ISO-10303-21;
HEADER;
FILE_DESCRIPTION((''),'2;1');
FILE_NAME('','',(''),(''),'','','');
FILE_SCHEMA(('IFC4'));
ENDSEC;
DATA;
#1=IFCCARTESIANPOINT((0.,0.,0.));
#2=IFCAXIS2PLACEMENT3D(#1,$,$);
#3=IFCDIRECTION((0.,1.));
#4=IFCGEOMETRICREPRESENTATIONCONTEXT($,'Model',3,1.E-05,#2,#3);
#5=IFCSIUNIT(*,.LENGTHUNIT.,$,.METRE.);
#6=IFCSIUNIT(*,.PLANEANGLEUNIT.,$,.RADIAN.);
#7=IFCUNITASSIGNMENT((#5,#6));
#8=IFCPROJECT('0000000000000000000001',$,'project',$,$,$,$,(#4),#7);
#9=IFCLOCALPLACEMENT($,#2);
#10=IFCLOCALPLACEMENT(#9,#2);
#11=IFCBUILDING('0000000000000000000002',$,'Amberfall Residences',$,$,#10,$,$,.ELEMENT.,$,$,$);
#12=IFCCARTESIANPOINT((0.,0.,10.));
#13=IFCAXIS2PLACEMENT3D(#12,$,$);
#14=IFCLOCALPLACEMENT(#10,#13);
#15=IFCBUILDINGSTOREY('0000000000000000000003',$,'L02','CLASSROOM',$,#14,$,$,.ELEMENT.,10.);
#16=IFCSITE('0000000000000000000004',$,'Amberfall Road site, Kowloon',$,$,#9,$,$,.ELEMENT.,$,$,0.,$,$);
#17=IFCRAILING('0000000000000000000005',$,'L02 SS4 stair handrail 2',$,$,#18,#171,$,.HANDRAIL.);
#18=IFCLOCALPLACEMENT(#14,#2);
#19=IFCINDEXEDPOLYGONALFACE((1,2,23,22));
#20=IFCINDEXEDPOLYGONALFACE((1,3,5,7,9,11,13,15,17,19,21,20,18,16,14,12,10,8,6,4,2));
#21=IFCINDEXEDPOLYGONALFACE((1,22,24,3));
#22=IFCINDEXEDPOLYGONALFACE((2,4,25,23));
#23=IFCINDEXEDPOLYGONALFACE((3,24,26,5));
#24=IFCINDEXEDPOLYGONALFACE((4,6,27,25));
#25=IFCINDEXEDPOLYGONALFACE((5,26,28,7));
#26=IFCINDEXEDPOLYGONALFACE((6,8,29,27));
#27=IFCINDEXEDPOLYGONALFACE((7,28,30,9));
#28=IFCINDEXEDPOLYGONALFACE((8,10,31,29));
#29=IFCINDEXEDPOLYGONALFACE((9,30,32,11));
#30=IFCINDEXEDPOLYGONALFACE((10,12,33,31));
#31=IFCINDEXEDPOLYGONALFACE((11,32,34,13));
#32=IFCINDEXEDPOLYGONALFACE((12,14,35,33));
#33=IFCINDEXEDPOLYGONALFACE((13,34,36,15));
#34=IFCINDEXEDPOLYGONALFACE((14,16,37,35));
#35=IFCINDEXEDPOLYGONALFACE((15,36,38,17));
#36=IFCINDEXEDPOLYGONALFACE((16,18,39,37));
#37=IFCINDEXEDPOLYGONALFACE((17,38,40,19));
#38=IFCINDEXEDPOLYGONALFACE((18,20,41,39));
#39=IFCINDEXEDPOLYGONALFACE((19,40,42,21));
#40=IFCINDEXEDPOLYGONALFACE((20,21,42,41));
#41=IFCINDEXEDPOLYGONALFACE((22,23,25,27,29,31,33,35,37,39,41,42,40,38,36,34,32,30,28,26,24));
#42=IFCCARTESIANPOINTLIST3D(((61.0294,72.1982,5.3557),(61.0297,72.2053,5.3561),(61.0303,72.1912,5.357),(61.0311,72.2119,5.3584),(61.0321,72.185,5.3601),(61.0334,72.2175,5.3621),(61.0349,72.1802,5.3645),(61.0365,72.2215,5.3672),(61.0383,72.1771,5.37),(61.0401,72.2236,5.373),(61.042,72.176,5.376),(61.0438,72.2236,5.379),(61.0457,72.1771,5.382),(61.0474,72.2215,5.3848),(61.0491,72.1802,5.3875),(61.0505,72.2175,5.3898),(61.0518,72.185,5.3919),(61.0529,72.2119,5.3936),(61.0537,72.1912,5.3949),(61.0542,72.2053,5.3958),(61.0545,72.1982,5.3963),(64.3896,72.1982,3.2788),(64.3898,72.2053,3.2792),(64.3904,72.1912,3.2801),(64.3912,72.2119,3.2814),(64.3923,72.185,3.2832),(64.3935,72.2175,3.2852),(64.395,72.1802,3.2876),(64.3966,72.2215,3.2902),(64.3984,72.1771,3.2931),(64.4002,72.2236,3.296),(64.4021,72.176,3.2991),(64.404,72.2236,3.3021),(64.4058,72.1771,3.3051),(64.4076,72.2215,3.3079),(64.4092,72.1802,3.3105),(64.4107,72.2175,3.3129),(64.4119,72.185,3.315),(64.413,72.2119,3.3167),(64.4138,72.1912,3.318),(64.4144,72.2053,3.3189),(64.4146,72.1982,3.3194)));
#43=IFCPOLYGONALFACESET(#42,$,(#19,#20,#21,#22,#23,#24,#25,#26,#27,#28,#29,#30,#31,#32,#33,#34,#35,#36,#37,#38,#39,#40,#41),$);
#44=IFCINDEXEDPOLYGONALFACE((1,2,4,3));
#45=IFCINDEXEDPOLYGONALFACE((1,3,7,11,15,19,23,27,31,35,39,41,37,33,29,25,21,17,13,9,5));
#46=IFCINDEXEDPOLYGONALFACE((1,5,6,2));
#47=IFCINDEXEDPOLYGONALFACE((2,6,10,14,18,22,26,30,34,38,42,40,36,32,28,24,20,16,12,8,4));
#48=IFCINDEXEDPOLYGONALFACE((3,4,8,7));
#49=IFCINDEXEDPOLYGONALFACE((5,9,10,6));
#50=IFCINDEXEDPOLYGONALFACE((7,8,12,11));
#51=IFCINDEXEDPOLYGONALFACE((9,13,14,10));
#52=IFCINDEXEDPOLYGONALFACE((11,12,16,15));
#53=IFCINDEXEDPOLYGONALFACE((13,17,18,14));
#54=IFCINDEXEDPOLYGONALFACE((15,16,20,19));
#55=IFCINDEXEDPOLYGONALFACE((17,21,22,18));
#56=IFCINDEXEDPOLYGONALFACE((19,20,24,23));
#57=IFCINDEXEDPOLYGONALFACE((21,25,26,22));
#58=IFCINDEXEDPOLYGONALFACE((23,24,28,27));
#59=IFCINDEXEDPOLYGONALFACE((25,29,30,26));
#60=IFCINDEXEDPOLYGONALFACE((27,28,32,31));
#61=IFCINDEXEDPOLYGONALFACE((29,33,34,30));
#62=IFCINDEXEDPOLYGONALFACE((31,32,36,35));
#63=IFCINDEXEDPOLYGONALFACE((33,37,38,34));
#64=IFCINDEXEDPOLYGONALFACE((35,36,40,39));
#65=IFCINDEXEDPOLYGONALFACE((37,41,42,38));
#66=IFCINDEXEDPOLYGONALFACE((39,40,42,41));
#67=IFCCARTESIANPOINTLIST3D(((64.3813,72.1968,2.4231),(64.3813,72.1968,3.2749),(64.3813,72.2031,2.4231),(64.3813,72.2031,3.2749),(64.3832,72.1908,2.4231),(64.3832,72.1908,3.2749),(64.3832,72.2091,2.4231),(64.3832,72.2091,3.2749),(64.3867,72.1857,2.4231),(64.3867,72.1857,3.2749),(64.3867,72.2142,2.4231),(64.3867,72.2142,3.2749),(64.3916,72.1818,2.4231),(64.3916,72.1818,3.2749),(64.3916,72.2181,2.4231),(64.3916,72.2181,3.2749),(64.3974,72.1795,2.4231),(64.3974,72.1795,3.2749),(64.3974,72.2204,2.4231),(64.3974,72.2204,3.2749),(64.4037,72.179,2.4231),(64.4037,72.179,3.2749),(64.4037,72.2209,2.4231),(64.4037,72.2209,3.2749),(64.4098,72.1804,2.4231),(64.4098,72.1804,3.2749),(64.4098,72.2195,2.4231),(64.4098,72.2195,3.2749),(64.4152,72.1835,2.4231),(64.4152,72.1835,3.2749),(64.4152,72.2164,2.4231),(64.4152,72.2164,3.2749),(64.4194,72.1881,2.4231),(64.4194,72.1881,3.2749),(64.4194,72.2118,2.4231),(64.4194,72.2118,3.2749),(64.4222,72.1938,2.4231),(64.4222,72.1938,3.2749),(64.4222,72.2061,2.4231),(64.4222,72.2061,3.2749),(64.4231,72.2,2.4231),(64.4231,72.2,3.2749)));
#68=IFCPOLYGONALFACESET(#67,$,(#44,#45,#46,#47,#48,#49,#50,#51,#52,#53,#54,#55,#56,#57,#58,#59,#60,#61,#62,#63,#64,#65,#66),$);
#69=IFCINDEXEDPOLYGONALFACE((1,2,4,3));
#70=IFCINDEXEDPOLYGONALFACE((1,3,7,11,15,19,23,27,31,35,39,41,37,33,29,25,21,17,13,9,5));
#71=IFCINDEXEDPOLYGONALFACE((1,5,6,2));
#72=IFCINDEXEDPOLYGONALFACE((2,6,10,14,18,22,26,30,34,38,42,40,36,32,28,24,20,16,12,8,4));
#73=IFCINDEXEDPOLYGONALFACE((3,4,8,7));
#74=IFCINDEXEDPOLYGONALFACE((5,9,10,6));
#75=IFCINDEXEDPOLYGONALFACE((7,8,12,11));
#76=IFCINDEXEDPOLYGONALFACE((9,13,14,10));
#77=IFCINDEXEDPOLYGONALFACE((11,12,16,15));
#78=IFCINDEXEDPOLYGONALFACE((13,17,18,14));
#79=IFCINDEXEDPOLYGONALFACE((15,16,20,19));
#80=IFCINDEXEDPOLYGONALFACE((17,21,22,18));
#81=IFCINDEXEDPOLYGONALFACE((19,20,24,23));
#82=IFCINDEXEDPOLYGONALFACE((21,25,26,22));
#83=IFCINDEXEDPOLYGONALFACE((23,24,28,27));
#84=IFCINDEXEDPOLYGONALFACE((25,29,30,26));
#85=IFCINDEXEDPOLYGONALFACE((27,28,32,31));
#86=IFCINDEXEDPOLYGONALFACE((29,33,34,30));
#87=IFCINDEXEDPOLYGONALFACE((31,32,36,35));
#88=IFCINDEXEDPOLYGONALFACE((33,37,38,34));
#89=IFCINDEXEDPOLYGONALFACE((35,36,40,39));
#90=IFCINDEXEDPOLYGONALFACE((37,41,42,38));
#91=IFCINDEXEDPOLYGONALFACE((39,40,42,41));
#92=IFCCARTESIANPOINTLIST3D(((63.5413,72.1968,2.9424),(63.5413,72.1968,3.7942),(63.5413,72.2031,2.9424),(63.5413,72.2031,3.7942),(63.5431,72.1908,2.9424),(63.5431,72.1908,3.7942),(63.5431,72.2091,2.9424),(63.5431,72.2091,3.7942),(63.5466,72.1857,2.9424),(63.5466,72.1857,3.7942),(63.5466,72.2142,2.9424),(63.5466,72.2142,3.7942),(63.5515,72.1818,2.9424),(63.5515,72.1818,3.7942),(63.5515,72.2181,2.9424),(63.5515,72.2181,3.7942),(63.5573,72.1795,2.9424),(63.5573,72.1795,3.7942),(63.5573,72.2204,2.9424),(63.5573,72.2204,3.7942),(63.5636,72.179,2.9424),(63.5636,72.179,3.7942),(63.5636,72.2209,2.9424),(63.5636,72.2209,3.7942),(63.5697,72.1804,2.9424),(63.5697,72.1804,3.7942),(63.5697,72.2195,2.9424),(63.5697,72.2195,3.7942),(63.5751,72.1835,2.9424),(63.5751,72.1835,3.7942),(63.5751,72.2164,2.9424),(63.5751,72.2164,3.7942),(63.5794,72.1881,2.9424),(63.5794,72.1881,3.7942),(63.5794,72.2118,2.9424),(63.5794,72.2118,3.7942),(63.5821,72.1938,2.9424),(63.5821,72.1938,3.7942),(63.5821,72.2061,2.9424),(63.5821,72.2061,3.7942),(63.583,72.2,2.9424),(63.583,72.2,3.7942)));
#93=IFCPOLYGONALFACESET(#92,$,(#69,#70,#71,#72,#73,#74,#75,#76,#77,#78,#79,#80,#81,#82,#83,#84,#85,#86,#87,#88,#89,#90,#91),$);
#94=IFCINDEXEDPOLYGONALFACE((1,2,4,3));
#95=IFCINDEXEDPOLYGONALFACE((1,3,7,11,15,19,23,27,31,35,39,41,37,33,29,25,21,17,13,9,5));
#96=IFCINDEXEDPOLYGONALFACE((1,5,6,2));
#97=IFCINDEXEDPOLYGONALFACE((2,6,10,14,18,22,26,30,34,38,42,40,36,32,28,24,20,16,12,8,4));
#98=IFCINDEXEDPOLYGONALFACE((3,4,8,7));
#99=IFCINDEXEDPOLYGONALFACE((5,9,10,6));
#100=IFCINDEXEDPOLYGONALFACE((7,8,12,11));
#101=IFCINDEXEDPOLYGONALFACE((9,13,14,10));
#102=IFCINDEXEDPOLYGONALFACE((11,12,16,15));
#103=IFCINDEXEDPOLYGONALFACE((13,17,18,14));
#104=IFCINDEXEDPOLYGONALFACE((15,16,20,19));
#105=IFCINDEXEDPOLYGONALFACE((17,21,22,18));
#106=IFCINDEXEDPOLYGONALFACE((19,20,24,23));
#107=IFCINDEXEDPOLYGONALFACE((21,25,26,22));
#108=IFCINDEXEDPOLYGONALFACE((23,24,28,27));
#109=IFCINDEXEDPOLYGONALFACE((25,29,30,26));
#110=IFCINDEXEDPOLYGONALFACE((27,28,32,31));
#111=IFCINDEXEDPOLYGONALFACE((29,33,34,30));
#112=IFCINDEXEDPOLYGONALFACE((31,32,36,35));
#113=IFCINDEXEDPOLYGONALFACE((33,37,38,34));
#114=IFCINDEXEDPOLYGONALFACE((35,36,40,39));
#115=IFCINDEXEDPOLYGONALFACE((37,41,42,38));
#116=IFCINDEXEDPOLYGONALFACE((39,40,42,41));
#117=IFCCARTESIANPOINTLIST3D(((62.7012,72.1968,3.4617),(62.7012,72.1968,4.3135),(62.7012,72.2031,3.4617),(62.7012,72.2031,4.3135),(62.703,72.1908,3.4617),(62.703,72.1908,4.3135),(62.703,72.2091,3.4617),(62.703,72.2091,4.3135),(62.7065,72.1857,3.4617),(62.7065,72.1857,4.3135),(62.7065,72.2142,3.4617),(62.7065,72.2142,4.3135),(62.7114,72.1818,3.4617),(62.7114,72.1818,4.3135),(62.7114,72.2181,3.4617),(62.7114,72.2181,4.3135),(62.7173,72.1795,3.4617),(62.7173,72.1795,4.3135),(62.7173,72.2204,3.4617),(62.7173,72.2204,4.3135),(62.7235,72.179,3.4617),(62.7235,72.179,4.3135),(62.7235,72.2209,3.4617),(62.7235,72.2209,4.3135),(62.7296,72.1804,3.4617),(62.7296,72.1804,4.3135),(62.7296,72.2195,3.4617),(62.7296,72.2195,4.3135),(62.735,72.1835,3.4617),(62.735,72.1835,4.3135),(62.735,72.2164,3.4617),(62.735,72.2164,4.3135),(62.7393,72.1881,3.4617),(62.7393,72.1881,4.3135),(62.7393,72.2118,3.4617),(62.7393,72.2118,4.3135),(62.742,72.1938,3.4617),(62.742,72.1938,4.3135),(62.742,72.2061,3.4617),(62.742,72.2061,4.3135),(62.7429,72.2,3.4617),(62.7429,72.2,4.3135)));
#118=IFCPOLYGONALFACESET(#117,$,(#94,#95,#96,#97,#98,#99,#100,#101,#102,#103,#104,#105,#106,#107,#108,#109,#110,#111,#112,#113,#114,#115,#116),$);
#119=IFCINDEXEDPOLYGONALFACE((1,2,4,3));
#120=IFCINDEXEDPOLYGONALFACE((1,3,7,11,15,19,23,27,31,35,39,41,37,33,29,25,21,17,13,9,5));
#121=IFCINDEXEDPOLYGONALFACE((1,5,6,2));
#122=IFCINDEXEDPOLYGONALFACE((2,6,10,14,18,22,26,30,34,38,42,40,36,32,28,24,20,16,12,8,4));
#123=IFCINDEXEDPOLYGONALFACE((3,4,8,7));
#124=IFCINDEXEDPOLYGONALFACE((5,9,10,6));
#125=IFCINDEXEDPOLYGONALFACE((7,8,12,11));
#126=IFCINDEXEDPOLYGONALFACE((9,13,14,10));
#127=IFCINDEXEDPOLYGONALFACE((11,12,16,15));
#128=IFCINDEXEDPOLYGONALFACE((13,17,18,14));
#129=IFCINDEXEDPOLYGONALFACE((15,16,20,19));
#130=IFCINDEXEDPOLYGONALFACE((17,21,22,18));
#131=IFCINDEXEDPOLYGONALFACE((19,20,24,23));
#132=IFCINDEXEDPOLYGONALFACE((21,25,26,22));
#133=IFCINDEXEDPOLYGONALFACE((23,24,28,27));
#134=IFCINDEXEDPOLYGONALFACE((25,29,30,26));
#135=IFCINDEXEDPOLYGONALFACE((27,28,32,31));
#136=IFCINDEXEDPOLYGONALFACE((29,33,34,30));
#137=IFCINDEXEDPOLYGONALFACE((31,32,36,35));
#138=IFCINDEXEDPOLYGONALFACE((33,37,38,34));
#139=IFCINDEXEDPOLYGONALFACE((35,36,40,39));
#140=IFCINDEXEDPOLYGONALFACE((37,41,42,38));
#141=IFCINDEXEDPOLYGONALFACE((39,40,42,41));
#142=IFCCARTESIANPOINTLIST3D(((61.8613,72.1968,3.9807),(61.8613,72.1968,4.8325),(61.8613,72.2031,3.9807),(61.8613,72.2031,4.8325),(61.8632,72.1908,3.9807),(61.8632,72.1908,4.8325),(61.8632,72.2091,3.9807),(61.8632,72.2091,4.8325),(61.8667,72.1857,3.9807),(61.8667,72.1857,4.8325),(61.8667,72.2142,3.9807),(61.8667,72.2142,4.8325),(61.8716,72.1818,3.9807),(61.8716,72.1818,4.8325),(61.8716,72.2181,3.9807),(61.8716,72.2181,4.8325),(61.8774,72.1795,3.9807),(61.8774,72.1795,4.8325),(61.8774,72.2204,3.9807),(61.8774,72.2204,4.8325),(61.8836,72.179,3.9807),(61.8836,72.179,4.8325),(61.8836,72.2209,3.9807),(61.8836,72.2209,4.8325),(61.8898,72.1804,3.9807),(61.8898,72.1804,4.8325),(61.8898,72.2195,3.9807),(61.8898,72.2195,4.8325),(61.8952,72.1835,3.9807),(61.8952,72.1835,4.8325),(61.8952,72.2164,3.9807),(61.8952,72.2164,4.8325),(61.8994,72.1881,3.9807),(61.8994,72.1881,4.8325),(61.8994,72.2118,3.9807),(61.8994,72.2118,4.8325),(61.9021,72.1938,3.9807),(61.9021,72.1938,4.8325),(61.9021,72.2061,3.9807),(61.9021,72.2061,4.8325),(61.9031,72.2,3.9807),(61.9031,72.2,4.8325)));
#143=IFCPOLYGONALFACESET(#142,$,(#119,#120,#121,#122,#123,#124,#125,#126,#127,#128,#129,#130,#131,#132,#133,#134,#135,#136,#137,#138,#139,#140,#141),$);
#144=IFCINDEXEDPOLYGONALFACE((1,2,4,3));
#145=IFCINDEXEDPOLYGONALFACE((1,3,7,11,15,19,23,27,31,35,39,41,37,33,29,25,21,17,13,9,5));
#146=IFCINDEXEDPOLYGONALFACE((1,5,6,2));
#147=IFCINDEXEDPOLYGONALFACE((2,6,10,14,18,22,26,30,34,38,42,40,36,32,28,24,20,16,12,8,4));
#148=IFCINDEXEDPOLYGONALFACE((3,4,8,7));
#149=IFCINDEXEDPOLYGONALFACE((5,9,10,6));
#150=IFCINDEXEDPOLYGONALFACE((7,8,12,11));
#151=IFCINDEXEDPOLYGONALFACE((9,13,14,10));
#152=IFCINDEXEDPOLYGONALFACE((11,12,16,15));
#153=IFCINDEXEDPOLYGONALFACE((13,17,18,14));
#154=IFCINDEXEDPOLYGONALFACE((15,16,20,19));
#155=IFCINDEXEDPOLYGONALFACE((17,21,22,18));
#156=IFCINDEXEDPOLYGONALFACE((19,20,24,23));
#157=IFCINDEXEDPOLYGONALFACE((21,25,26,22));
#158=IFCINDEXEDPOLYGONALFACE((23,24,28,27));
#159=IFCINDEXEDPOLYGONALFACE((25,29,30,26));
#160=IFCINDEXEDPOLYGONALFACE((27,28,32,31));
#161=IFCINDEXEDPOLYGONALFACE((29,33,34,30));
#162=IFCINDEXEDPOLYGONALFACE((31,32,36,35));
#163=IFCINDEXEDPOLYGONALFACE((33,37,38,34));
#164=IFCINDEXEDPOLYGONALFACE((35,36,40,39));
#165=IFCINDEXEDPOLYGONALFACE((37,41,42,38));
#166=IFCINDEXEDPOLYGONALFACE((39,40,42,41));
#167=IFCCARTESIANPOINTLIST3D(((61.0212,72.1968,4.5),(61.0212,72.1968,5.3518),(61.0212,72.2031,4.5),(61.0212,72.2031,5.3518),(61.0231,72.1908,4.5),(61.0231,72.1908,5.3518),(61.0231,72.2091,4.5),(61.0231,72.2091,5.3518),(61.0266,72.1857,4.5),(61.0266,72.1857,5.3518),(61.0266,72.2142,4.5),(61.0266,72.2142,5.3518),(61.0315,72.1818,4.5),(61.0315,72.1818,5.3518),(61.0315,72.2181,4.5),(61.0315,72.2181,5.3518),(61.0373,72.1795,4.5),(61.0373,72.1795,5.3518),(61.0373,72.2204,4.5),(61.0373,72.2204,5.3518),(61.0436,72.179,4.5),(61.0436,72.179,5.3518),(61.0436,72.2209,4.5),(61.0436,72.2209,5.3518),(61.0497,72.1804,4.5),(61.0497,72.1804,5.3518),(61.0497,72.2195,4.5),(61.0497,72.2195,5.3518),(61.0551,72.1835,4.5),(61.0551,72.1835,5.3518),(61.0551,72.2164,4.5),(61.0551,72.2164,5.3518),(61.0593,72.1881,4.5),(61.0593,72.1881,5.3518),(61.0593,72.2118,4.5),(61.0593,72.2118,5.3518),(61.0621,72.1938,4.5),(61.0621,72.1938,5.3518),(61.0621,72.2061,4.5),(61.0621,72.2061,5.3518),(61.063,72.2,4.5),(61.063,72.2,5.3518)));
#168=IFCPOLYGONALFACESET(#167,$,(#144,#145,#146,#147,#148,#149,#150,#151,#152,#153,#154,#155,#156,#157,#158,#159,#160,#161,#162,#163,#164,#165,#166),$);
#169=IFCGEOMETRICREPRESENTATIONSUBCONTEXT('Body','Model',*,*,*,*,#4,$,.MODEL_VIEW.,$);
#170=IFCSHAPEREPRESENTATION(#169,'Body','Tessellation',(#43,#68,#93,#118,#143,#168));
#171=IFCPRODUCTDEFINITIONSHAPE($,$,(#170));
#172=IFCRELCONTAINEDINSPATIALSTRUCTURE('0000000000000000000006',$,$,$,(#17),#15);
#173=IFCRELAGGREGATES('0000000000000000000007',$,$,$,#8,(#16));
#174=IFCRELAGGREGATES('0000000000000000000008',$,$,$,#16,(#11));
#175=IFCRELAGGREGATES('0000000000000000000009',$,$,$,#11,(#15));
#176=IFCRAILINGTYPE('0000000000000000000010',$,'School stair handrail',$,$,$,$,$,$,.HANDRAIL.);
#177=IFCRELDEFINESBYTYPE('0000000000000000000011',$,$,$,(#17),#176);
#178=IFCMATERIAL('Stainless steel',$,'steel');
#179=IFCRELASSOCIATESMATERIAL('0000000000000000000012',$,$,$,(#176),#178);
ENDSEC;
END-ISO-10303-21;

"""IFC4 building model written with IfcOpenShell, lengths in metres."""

from ifc_helpers import new_model, si_unit, direction, frame, origin, origin_2d, place, context, subcontext, project, spatial, circle, extrude, material, type_object, element, save


model = new_model("IFC4")

# Units and contexts
model_context = context("Model", 3, precision=1e-05, world=origin(), true_north=direction((0.0, 1.0)))
body_context = subcontext(model_context, "Body", "Model", "MODEL_VIEW")
ifc_project = project(units=[si_unit("LENGTHUNIT", "METRE"), si_unit("PLANEANGLEUNIT", "RADIAN")], contexts=[model_context])

# Site, building, storey
site_placement = place(None, origin())
site = spatial("IfcSite", under=ifc_project, at=site_placement, Name="Amberfall Road site, Kowloon", CompositionType="ELEMENT", RefElevation=0.0)
building_placement = place(site_placement, origin())
building = spatial("IfcBuilding", under=site, at=building_placement, Name="Amberfall Residences", CompositionType="ELEMENT")
storey_placement = place(building_placement, frame((0.0, 0.0, 10.0)))
storey = spatial("IfcBuildingStorey", under=building, at=storey_placement, Name="L02", Description="CLASSROOM", CompositionType="ELEMENT", Elevation=10.0)

# Railing
ifc_material_1 = material(Name="Stainless steel", Category="steel")
railing_type_1 = type_object("IfcRailingType", Name="School stair handrail", PredefinedType="HANDRAIL", material=ifc_material_1)
railing_1_placement = place(storey_placement, frame((64.4021, 72.2, 2.4231)))
element("IfcRailing", 1, at=railing_1_placement, inside=storey, type_object=railing_type_1, Name="L02 SS4 stair handrail 2", PredefinedType="HANDRAIL", context=body_context, shape_type="SweptSolid", body=[
    extrude(circle(Radius=0.0239, at=origin_2d()), frame((0.0, 0.0, 0.876), z_axis=(-0.850623, 0.0, 0.525776), x_axis=(0.0, -1.0, 0.0)), (0.0, 0.0, 1.0), 3.9502),
    extrude(circle(Radius=0.021, at=origin_2d()), origin(), (0.0, 0.0, 1.0), 0.8518),
    extrude(circle(Radius=0.021, at=origin_2d()), frame((-0.8401, 0.0, 0.5193)), (0.0, 0.0, 1.0), 0.8518),
    extrude(circle(Radius=0.021, at=origin_2d()), frame((-1.6802, 0.0, 1.0386)), (0.0, 0.0, 1.0), 0.8518),
    extrude(circle(Radius=0.021, at=origin_2d()), frame((-2.52, 0.0, 1.5576)), (0.0, 0.0, 1.0), 0.8518),
    extrude(circle(Radius=0.021, at=origin_2d()), frame((-3.3601, 0.0, 2.0769)), (0.0, 0.0, 1.0), 0.8518),
])

save(model, "model.ifc")
